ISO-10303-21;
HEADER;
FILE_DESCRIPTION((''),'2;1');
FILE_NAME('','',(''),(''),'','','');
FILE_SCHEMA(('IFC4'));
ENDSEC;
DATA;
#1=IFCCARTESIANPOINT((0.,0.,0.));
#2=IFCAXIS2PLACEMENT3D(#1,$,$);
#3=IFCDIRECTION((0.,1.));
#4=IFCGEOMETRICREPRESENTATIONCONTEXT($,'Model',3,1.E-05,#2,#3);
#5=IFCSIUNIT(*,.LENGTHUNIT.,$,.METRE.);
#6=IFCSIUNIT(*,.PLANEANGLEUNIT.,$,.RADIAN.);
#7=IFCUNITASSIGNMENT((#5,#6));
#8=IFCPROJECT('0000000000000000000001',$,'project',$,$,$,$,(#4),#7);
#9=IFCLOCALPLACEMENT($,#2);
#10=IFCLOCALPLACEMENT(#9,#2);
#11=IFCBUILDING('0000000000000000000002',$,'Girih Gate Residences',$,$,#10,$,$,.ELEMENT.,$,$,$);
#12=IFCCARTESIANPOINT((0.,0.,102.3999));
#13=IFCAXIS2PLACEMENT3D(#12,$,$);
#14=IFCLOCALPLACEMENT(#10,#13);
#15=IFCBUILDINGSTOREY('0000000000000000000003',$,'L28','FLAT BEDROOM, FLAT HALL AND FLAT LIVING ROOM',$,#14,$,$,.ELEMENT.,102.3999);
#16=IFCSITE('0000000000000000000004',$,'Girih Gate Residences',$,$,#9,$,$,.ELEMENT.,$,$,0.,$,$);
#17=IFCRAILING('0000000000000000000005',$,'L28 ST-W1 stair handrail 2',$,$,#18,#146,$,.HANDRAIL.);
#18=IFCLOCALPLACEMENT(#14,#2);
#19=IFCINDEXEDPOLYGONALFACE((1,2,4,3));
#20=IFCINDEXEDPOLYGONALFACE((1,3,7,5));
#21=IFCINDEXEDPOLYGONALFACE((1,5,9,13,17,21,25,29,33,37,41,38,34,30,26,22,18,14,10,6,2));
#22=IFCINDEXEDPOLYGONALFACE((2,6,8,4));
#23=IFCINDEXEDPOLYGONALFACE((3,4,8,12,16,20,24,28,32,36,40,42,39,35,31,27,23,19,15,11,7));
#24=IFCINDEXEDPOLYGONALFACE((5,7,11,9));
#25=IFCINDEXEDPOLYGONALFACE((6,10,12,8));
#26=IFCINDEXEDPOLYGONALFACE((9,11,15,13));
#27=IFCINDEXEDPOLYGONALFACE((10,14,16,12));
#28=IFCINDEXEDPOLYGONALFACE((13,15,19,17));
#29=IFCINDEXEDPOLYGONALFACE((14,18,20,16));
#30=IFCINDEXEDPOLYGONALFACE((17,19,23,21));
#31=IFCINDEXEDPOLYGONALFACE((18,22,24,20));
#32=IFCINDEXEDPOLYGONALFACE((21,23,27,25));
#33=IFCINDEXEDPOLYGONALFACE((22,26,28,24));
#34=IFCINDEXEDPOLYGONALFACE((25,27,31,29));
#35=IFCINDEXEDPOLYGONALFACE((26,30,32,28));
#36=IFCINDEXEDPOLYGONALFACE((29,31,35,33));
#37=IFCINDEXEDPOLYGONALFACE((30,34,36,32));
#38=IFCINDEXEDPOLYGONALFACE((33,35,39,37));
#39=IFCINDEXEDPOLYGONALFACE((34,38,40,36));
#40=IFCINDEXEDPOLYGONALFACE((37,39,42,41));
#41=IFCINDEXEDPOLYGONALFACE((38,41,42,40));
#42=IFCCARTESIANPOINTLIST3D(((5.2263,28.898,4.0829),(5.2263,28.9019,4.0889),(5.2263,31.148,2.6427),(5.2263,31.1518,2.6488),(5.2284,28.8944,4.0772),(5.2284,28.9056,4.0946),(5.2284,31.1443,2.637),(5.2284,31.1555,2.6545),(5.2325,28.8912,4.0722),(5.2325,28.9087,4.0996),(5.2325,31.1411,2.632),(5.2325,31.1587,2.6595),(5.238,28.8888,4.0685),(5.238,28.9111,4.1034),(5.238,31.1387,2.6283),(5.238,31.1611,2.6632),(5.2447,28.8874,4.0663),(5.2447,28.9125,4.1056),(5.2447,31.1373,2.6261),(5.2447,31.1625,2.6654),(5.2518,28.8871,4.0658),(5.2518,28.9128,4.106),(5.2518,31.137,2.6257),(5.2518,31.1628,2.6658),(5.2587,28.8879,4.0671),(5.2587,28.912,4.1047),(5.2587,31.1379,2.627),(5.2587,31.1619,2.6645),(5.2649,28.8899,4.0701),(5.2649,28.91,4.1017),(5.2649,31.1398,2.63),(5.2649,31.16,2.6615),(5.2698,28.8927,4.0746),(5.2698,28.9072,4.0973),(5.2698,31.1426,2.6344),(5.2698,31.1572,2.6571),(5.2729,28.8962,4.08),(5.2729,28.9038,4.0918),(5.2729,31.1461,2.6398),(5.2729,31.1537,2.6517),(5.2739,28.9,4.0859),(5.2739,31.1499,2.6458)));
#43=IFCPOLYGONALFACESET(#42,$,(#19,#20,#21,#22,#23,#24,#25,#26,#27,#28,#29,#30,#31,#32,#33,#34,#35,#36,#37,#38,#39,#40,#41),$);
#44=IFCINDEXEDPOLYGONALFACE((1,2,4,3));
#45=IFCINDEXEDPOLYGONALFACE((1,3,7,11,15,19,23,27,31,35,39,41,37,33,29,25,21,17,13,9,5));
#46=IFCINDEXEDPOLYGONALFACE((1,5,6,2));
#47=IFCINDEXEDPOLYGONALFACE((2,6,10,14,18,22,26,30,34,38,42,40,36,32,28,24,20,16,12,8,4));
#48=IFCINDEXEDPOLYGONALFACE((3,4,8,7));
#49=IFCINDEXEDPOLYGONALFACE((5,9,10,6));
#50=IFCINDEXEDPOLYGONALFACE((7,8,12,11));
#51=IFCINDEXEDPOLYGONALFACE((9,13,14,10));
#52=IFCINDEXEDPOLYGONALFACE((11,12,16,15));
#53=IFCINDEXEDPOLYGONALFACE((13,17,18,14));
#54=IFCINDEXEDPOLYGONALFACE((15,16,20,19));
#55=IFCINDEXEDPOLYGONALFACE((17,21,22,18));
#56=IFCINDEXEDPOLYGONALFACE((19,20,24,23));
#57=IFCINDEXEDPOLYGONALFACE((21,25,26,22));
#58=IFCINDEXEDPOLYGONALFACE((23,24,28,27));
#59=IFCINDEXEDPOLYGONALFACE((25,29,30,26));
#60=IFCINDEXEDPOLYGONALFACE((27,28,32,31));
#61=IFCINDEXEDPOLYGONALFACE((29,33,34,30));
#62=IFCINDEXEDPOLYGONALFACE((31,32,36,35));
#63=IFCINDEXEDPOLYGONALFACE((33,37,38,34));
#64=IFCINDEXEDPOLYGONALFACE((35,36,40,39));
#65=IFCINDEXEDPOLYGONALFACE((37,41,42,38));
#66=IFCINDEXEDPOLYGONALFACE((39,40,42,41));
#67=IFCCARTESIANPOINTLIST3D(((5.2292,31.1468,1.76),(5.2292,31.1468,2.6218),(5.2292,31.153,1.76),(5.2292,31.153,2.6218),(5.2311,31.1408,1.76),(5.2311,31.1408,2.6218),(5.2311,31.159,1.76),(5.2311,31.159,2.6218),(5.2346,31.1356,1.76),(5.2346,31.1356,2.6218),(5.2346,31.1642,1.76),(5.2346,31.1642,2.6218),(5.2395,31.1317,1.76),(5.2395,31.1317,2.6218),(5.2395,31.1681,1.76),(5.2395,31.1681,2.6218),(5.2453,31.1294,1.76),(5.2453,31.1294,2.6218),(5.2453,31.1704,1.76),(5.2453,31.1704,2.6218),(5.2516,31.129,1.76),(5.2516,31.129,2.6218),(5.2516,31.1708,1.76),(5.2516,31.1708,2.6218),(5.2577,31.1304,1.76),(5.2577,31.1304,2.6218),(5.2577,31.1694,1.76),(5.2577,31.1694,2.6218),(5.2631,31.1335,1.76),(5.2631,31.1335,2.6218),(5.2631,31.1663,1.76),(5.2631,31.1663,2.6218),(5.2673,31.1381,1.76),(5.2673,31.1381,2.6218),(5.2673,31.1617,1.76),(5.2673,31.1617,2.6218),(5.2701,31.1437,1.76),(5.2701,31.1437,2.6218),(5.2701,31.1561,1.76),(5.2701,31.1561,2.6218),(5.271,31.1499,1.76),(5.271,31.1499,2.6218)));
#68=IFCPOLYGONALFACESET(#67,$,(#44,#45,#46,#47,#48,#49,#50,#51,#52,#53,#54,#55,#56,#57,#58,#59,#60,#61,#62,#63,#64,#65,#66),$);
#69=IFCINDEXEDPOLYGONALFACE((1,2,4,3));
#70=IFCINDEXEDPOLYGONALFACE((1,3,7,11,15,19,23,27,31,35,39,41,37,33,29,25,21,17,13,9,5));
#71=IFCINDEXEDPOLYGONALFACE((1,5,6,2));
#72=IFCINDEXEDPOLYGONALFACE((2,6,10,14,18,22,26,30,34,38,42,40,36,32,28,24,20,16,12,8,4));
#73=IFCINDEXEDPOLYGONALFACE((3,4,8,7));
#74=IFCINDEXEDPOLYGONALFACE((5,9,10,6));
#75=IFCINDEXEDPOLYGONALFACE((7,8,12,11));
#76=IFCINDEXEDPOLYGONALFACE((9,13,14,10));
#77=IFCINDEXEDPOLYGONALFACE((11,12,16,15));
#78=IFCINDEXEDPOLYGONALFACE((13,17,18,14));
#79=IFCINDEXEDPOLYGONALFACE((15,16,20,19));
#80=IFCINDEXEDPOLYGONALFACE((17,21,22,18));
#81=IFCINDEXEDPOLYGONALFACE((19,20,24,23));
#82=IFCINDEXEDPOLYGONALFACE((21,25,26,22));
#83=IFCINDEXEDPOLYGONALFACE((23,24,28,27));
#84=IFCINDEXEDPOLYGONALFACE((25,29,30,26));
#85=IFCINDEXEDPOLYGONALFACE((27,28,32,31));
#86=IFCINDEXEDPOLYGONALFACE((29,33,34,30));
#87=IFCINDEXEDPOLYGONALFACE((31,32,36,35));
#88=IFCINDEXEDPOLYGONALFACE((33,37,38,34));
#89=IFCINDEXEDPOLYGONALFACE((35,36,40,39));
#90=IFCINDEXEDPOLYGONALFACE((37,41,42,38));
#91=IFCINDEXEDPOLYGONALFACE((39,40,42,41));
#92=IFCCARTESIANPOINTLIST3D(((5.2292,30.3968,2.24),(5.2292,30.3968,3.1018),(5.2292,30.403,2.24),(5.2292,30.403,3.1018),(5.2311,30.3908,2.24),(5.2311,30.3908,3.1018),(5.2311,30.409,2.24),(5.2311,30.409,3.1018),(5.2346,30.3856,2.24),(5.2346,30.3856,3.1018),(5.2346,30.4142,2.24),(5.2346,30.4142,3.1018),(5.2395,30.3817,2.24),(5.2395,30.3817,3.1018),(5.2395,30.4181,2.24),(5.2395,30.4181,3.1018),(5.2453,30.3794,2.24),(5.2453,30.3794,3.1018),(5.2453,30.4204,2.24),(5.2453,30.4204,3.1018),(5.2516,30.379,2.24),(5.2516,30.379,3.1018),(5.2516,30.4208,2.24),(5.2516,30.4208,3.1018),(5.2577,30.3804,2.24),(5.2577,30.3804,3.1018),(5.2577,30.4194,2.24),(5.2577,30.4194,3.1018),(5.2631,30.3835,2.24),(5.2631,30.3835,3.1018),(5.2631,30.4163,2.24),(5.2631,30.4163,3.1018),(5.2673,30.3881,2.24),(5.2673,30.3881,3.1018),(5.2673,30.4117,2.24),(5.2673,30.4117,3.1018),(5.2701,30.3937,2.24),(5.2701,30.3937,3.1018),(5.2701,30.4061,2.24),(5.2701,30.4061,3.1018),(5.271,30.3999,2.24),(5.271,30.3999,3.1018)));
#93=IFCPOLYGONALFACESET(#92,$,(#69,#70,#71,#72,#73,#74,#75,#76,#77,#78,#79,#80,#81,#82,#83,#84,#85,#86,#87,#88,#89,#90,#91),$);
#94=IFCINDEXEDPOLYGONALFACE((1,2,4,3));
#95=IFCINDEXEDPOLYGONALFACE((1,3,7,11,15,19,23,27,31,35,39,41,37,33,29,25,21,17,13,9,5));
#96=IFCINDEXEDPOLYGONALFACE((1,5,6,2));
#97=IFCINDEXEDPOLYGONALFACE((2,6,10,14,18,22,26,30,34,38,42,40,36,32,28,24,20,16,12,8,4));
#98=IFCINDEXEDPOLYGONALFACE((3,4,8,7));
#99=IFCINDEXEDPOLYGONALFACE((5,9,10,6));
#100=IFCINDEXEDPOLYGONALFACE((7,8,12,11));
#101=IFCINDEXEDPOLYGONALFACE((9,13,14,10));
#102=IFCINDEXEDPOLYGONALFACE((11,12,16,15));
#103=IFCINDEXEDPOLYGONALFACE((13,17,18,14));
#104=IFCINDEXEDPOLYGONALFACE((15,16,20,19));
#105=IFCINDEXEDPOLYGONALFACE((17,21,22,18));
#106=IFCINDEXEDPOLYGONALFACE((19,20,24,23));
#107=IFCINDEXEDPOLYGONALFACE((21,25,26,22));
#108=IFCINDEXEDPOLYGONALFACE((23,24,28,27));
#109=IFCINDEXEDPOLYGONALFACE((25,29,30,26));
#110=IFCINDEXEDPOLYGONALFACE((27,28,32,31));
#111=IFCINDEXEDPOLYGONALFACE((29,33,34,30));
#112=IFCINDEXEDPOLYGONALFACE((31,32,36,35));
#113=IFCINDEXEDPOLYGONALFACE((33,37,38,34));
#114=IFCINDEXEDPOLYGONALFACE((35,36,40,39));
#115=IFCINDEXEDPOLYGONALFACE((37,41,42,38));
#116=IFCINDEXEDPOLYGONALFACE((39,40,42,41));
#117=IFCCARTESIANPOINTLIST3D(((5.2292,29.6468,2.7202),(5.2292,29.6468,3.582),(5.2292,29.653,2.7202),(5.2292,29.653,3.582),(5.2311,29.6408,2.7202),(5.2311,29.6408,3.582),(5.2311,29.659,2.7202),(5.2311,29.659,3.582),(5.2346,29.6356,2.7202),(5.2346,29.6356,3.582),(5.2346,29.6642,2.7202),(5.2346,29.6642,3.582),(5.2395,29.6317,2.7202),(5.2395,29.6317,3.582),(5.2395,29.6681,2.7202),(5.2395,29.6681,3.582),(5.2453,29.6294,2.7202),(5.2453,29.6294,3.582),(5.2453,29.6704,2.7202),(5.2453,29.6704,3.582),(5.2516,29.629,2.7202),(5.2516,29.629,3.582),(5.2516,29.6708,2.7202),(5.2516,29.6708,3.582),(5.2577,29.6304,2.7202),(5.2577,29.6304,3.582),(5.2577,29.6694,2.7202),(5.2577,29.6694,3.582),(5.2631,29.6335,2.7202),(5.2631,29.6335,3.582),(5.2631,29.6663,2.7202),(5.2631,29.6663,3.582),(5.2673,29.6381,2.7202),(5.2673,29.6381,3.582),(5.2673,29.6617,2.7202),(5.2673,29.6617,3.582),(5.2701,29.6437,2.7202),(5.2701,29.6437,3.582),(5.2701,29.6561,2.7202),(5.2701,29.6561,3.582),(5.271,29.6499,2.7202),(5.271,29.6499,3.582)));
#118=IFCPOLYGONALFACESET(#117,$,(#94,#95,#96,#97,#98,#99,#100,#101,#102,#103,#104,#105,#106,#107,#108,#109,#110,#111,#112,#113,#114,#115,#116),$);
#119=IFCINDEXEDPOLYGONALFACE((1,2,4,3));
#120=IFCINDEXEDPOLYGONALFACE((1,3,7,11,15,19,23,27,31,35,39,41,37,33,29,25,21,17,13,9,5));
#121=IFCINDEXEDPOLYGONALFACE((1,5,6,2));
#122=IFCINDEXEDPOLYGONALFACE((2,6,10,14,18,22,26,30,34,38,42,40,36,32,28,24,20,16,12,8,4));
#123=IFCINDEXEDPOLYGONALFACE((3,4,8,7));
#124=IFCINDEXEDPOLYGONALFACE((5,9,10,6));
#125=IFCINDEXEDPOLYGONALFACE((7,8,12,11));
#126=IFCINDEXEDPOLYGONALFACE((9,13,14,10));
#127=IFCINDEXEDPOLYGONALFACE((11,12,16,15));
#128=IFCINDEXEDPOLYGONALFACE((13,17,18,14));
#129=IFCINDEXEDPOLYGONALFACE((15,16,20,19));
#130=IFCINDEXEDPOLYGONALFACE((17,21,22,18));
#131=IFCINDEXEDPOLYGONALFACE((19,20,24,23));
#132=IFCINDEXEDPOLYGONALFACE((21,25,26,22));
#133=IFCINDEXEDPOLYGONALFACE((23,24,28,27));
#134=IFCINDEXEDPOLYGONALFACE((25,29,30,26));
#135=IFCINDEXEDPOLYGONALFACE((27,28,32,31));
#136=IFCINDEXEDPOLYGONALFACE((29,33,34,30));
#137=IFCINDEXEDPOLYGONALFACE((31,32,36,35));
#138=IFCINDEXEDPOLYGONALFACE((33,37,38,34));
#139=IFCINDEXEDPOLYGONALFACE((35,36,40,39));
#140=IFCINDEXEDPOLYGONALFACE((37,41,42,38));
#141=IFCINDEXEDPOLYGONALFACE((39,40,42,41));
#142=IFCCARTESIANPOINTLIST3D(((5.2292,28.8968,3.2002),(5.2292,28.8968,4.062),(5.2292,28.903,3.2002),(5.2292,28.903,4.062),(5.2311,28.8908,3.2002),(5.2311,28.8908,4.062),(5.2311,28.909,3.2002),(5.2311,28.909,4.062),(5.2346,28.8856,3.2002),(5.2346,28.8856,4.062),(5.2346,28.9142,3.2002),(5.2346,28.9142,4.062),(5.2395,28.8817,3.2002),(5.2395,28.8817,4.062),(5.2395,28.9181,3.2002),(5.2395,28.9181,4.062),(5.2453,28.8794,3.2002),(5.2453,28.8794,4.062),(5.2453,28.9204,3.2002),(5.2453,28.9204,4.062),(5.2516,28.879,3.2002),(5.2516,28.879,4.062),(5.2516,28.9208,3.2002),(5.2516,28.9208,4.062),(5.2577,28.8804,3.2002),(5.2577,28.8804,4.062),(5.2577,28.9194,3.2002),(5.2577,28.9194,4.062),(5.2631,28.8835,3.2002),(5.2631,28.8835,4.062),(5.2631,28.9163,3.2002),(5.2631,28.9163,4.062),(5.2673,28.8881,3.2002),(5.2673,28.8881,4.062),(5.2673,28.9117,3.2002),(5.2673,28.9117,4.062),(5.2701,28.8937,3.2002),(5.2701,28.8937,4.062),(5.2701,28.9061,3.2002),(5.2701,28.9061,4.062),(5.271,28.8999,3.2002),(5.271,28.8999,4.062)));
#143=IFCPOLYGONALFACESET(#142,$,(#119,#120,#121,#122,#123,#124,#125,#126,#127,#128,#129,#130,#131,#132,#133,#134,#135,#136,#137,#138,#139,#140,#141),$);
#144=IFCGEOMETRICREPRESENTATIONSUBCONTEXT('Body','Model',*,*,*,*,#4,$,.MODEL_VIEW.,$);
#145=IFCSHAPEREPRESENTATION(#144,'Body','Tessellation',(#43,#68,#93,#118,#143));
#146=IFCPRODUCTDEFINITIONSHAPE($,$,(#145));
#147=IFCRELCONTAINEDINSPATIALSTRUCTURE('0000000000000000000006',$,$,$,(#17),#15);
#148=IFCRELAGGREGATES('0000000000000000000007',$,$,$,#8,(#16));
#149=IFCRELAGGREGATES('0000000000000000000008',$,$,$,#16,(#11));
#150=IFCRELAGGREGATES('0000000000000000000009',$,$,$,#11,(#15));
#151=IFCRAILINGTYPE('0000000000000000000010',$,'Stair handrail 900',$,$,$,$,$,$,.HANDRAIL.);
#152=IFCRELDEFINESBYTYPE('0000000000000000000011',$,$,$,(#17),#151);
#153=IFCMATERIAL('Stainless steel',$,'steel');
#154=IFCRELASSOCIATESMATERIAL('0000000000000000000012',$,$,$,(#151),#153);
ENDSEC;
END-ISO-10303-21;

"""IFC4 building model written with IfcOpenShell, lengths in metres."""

from ifc_helpers import new_model, si_unit, direction, frame, origin, origin_2d, place, context, subcontext, project, spatial, circle, extrude, material, type_object, element, save


model = new_model("IFC4")

# Units and contexts
model_context = context("Model", 3, precision=1e-05, world=origin(), true_north=direction((0.0, 1.0)))
body_context = subcontext(model_context, "Body", "Model", "MODEL_VIEW")
ifc_project = project(units=[si_unit("LENGTHUNIT", "METRE"), si_unit("PLANEANGLEUNIT", "RADIAN")], contexts=[model_context])

# Site, building, storey
site_placement = place(None, origin())
site = spatial("IfcSite", under=ifc_project, at=site_placement, Name="Girih Gate Residences", CompositionType="ELEMENT", RefElevation=0.0)
building_placement = place(site_placement, origin())
building = spatial("IfcBuilding", under=site, at=building_placement, Name="Girih Gate Residences", CompositionType="ELEMENT")
storey_placement = place(building_placement, frame((0.0, 0.0, 102.3999)))
storey = spatial("IfcBuildingStorey", under=building, at=storey_placement, Name="L28", Description="FLAT BEDROOM, FLAT HALL AND FLAT LIVING ROOM", CompositionType="ELEMENT", Elevation=102.3999)

# Railing
ifc_material_1 = material(Name="Stainless steel", Category="steel")
railing_type_1 = type_object("IfcRailingType", Name="Stair handrail 900", PredefinedType="HANDRAIL", material=ifc_material_1)
railing_1_placement = place(storey_placement, frame((5.25, 31.1499, 1.76)))
element("IfcRailing", 1, at=railing_1_placement, inside=storey, type_object=railing_type_1, Name="L28 ST-W1 stair handrail 2", PredefinedType="HANDRAIL", context=body_context, shape_type="SweptSolid", body=[
    extrude(circle(Radius=0.0239, at=origin_2d()), frame((0.0, 0.0, 0.8857), z_axis=(0.0, -0.84224, 0.539103), x_axis=(1.0, 0.0, 0.0)), (0.0, 0.0, 1.0), 2.6714),
    extrude(circle(Radius=0.021, at=origin_2d()), origin(), (0.0, 0.0, 1.0), 0.8618),
    extrude(circle(Radius=0.021, at=origin_2d()), frame((0.0, -0.75, 0.48)), (0.0, 0.0, 1.0), 0.8618),
    extrude(circle(Radius=0.021, at=origin_2d()), frame((0.0, -1.5, 0.9602)), (0.0, 0.0, 1.0), 0.8618),
    extrude(circle(Radius=0.021, at=origin_2d()), frame((0.0, -2.25, 1.4402)), (0.0, 0.0, 1.0), 0.8618),
])

save(model, "model.ifc")
